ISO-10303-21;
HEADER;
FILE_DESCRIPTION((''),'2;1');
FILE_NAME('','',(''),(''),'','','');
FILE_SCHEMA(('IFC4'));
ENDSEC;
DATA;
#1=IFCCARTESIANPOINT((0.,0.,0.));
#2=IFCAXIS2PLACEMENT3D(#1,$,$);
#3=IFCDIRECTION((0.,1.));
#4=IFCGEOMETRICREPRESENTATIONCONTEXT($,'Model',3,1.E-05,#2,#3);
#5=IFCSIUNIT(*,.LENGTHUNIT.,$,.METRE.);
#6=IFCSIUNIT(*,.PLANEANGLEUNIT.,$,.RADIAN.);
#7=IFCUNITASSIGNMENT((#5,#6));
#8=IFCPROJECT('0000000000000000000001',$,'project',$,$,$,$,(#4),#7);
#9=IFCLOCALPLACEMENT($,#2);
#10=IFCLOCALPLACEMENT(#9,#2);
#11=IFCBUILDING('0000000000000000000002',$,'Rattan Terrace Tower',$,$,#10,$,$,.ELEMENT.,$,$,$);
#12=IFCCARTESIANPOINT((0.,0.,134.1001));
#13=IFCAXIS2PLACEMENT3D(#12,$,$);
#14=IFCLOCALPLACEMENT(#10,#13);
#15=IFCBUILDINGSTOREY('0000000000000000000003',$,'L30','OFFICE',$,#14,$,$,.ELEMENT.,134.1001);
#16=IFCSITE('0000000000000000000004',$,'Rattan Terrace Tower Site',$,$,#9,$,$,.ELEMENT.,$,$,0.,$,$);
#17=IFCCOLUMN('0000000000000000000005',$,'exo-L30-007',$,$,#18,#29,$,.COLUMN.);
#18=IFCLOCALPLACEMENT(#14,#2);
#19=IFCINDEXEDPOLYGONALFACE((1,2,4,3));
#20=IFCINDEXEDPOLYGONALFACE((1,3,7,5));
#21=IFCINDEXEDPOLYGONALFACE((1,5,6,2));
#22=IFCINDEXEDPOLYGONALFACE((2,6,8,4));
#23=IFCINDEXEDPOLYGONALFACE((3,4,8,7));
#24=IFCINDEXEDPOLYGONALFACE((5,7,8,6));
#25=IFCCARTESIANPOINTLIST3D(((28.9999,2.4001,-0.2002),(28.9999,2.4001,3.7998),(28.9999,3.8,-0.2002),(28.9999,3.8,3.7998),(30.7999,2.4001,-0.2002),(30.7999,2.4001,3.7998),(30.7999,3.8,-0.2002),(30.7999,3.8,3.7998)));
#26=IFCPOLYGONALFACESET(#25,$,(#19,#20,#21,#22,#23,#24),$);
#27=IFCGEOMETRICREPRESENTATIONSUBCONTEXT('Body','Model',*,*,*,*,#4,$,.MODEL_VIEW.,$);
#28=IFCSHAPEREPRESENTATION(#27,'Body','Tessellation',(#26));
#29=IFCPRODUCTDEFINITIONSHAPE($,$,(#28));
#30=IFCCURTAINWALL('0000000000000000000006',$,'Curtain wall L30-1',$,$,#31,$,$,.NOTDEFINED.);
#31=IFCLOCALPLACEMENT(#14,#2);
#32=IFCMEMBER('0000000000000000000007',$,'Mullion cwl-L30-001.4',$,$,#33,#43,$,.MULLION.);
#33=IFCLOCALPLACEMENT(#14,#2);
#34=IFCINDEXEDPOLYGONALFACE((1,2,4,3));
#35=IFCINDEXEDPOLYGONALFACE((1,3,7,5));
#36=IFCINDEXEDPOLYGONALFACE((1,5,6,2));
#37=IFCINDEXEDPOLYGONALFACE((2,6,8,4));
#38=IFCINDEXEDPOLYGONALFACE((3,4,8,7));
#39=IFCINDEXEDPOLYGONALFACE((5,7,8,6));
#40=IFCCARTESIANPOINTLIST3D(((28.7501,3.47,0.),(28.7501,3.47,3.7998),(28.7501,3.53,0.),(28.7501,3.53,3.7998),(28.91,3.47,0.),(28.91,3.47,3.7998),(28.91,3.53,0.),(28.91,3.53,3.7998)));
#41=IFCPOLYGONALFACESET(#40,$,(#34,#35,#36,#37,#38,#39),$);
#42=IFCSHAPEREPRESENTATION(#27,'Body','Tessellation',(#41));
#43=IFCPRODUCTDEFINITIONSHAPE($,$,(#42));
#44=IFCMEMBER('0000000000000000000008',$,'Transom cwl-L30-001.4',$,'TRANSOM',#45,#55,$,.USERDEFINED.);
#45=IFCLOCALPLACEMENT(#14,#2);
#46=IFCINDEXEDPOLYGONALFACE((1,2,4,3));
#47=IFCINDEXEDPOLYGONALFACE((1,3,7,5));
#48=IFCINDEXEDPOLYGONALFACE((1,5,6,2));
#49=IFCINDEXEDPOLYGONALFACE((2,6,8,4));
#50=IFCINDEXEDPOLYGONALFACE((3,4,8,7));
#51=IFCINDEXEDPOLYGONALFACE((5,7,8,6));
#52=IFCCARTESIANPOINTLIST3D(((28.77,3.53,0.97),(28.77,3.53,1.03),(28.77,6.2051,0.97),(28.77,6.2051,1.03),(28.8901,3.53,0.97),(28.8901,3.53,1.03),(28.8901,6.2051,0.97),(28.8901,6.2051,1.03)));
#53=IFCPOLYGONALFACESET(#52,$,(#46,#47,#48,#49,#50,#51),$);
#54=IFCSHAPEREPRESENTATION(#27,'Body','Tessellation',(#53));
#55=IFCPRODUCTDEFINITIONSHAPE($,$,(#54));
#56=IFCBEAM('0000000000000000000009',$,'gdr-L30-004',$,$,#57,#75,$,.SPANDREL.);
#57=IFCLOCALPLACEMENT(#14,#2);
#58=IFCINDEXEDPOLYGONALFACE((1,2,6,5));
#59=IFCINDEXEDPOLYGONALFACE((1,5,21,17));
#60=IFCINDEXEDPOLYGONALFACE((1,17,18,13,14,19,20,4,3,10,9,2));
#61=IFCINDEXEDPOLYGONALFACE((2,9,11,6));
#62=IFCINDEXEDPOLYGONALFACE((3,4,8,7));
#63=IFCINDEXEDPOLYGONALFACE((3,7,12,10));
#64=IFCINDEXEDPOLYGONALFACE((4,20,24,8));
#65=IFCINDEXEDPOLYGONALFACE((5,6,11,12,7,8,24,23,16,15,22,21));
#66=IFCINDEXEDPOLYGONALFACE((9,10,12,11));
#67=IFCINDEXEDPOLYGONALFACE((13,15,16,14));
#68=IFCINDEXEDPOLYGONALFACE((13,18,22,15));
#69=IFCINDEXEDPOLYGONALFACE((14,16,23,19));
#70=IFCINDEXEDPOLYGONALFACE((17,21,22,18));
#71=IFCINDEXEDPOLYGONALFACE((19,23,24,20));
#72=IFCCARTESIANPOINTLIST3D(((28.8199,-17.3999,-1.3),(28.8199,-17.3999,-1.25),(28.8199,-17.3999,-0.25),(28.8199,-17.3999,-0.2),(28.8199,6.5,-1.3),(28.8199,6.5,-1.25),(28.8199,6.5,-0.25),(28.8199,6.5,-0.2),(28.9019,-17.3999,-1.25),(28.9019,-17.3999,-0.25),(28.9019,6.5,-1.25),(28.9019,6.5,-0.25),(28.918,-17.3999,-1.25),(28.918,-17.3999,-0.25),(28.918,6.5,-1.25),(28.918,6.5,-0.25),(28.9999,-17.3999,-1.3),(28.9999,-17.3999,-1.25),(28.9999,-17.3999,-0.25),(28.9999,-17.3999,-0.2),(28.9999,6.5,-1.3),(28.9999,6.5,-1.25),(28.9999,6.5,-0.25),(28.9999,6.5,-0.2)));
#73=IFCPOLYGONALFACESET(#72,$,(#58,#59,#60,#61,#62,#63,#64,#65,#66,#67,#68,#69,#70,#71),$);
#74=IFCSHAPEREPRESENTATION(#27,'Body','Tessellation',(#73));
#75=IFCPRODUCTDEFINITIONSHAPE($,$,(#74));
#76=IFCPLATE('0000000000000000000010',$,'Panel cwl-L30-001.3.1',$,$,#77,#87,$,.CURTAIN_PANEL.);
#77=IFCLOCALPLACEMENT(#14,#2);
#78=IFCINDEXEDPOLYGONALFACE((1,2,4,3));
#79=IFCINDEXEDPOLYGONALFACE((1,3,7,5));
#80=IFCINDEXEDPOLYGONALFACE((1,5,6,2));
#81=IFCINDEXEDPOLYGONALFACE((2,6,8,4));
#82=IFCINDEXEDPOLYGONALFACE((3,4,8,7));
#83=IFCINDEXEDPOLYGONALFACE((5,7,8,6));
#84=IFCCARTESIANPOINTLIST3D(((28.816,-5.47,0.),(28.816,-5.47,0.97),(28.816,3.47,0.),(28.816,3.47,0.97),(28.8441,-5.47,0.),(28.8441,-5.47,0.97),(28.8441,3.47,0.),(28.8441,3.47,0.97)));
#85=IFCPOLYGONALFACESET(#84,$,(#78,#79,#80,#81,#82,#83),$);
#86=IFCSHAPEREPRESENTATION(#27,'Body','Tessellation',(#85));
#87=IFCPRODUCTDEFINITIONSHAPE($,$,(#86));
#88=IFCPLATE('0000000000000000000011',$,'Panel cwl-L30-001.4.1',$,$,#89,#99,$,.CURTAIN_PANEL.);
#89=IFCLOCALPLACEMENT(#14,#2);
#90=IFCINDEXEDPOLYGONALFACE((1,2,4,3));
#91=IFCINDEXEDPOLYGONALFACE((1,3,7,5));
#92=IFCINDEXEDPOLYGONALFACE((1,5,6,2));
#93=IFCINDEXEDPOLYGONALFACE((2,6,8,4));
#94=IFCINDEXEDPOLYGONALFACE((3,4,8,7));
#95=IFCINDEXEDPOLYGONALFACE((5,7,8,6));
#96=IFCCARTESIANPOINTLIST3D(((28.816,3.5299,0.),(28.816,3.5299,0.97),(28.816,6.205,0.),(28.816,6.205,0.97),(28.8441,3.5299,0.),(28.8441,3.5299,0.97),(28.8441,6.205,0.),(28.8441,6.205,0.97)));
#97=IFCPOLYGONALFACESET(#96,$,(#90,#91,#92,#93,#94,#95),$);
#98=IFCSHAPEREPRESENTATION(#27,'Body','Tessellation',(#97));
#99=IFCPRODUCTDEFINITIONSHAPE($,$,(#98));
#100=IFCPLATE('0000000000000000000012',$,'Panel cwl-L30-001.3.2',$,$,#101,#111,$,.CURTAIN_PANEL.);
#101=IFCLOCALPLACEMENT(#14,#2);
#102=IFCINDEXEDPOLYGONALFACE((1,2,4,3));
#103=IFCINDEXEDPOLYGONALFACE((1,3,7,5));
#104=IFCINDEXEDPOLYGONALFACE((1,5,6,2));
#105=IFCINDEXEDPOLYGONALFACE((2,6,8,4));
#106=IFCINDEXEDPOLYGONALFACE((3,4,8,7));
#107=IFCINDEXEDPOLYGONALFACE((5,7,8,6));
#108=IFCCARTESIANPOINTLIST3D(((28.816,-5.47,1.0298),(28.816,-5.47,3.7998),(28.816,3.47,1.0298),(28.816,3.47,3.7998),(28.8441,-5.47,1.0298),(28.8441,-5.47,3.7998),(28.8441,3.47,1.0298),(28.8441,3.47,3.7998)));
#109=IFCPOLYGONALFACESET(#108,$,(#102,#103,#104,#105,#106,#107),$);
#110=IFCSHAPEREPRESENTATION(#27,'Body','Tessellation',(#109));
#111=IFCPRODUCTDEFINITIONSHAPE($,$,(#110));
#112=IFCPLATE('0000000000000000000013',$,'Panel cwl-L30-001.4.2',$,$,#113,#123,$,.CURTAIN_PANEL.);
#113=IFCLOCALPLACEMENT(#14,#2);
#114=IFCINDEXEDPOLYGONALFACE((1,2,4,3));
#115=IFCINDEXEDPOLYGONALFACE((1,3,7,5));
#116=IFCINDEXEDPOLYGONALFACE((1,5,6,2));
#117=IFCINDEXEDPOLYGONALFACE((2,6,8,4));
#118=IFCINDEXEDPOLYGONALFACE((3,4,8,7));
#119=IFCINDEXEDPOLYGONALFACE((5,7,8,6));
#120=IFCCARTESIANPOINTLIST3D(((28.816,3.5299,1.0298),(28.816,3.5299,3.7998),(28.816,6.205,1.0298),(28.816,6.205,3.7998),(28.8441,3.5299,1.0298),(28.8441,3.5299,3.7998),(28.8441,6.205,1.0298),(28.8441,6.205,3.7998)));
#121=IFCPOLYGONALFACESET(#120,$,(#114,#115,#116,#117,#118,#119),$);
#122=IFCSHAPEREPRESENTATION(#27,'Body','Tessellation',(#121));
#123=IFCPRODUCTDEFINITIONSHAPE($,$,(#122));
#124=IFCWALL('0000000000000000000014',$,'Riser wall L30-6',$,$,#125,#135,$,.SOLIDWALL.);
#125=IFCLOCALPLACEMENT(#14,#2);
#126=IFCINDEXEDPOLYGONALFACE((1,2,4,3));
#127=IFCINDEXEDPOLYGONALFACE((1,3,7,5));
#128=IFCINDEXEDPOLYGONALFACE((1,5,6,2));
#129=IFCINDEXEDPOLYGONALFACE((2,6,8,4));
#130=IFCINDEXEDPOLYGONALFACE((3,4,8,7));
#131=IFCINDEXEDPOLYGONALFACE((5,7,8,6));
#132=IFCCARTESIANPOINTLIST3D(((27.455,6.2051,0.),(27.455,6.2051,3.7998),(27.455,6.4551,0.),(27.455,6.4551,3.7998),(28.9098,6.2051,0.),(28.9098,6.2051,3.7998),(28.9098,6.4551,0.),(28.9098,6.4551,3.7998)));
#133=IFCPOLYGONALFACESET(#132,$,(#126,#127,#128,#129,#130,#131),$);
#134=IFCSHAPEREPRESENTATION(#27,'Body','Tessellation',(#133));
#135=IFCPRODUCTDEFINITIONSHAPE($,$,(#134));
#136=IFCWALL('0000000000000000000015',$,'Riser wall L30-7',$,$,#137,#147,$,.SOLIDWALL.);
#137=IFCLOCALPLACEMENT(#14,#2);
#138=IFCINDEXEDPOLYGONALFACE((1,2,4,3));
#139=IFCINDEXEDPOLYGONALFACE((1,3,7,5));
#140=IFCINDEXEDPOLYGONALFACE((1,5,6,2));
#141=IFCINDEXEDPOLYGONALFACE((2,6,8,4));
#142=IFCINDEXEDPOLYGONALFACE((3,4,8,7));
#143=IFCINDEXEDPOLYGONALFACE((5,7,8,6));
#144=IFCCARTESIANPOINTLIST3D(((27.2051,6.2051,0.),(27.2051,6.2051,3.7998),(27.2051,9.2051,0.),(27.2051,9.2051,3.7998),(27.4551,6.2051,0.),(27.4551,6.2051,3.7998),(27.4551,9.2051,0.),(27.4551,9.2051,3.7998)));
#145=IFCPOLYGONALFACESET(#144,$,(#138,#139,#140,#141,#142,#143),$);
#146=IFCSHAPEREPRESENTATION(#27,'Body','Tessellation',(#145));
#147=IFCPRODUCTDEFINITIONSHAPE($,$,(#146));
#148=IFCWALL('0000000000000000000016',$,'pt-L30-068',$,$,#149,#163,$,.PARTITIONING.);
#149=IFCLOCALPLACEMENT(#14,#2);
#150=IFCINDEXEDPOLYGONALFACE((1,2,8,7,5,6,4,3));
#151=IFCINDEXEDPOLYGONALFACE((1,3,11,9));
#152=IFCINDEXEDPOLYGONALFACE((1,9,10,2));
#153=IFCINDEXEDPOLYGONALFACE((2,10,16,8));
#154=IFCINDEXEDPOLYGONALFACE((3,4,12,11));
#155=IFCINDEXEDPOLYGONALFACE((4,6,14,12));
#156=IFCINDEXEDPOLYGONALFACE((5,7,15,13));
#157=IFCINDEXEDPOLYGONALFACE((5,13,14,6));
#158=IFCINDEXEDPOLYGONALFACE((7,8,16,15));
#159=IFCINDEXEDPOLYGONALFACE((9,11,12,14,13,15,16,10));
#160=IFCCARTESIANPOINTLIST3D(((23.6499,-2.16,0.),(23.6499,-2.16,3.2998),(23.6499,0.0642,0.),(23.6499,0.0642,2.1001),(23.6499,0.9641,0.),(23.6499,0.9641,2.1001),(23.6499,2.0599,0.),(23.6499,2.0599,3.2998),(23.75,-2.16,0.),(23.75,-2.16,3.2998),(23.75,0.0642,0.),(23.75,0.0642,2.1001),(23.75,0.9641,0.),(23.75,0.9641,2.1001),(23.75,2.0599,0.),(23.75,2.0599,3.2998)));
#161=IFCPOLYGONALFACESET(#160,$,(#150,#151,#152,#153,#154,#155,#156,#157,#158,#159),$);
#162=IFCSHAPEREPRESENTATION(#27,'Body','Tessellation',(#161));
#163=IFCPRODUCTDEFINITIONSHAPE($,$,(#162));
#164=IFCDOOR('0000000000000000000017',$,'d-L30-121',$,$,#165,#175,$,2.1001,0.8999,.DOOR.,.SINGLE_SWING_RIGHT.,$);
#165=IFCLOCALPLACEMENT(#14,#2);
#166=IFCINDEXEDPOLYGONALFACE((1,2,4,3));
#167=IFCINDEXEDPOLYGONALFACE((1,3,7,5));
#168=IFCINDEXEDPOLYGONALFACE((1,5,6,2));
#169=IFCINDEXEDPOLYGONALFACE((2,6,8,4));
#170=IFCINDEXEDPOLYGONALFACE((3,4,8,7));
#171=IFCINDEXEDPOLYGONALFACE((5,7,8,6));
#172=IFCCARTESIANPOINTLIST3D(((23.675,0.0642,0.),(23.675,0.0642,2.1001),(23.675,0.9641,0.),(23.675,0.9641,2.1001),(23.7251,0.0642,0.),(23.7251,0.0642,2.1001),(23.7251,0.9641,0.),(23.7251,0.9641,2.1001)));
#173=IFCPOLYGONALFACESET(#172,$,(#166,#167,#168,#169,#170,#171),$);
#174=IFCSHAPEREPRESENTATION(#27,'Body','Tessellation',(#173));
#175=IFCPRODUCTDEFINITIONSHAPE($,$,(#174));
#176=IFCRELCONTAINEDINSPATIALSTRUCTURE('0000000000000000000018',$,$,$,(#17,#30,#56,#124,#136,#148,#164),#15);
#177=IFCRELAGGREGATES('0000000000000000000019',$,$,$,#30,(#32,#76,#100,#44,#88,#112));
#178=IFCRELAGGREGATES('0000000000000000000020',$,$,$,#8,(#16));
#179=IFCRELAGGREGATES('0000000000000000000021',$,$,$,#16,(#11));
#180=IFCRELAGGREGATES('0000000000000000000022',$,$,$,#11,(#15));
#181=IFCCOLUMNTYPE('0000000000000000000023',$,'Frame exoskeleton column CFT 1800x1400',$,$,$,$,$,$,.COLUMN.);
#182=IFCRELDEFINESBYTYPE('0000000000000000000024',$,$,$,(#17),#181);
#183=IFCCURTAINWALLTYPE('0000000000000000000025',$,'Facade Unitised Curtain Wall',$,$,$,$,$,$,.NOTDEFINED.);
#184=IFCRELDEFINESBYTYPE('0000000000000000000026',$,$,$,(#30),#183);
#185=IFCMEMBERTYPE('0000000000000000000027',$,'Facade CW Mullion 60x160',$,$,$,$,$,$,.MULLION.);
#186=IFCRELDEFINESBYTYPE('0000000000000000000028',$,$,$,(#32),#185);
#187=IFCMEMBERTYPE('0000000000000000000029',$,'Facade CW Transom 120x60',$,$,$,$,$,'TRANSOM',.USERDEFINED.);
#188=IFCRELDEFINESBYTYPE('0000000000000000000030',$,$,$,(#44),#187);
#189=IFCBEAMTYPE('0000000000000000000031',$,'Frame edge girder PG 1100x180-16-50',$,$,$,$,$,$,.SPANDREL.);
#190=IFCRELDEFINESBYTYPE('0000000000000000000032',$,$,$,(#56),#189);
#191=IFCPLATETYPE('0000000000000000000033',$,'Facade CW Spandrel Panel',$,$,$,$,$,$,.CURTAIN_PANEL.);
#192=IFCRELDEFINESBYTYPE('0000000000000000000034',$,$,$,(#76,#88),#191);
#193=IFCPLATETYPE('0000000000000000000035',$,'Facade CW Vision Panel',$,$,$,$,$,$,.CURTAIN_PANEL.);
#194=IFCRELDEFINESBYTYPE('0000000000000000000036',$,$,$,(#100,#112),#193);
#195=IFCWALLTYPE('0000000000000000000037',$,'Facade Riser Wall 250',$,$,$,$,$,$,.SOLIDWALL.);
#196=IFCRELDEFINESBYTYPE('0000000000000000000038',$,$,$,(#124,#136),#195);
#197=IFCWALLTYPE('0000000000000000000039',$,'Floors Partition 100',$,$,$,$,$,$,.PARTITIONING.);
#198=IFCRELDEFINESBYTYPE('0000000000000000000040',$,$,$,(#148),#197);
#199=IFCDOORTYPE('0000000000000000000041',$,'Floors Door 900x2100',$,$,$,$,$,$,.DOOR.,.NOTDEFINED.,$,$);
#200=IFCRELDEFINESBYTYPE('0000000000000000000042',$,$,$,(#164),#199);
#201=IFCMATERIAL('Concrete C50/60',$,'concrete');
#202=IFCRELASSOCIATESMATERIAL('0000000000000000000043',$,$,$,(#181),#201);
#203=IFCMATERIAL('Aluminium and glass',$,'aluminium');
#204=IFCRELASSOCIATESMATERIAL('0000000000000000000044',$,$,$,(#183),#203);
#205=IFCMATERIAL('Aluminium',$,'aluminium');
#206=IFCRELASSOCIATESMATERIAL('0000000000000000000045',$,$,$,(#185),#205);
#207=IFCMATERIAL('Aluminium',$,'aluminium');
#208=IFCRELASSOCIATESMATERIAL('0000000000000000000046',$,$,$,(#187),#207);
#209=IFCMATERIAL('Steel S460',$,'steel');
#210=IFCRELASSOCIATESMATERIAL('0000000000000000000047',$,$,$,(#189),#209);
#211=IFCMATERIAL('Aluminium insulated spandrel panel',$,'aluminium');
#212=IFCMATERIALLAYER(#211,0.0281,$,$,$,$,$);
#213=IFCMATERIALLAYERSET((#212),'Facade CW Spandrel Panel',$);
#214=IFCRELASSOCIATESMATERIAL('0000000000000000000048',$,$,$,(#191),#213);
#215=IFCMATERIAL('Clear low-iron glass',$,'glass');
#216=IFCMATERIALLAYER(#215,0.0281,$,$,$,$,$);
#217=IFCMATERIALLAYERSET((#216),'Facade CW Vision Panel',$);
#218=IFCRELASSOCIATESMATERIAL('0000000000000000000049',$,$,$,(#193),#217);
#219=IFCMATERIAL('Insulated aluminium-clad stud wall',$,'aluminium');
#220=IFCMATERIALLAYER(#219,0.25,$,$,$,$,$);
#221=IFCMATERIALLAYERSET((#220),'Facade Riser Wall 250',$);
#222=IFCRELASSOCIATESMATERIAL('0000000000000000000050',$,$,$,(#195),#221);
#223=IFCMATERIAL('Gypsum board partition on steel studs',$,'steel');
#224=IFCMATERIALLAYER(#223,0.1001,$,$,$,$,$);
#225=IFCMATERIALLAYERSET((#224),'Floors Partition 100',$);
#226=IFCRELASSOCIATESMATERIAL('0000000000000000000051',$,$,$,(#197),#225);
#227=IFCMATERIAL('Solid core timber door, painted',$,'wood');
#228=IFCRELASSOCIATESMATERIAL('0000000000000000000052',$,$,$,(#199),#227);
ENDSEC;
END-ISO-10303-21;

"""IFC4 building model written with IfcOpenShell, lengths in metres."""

from ifc_helpers import new_model, si_unit, direction, frame, frame_2d, origin, origin_2d, place, context, subcontext, project, spatial, rectangle, i_section, extrude, material, layer, layer_set, material_profile, profile_set, type_object, element, fill, aggregate, save


model = new_model("IFC4")

# Units and contexts
model_context = context("Model", 3, precision=1e-05, world=origin(), true_north=direction((0.0, 1.0)))
body_context = subcontext(model_context, "Body", "Model", "MODEL_VIEW")
ifc_project = project(units=[si_unit("LENGTHUNIT", "METRE"), si_unit("PLANEANGLEUNIT", "RADIAN")], contexts=[model_context])

# Site, building, storey
site_placement = place(None, origin())
site = spatial("IfcSite", under=ifc_project, at=site_placement, Name="Rattan Terrace Tower Site", CompositionType="ELEMENT", RefElevation=0.0)
building_placement = place(site_placement, origin())
building = spatial("IfcBuilding", under=site, at=building_placement, Name="Rattan Terrace Tower", CompositionType="ELEMENT")
storey_placement = place(building_placement, frame((0.0, 0.0, 134.1001)))
storey = spatial("IfcBuildingStorey", under=building, at=storey_placement, Name="L30", Description="OFFICE", CompositionType="ELEMENT", Elevation=134.1001)

# Column
ifc_material_1 = material(Name="Concrete C50/60", Category="concrete")
ifc_material_profile_1 = material_profile(ifc_material_1, rectangle(XDim=1.3999, YDim=1.8, at=origin_2d()), Name="CFT 1800x1400")
ifc_profile_set_1 = profile_set([ifc_material_profile_1], Name="Concrete C50/60")
column_type = type_object("IfcColumnType", Name="Frame exoskeleton column CFT 1800x1400", PredefinedType="COLUMN", material=ifc_profile_set_1)
column_placement = place(storey_placement, frame((29.8999, 3.1001, -0.2002), z_axis=(0.0, 0.0, 1.0), x_axis=(0.0, 1.0, 0.0)))
element("IfcColumn", 1, at=column_placement, inside=storey, type_object=column_type, Name="exo-L30-007", PredefinedType="COLUMN", context=body_context, shape_type="SweptSolid", body=[
    extrude(rectangle(XDim=1.3999, YDim=1.8, at=origin_2d()), origin(), (0.0, 0.0, 1.0), 4.0),
])

# Curtain wall, members
ifc_material_2 = material(Name="Aluminium and glass", Category="aluminium")
curtain_wall_type = type_object("IfcCurtainWallType", Name="Facade Unitised Curtain Wall", PredefinedType="NOTDEFINED", material=ifc_material_2)
curtain_wall_placement = place(storey_placement, origin())
curtain_wall = element("IfcCurtainWall", 2, at=curtain_wall_placement, inside=storey, type_object=curtain_wall_type, Name="Curtain wall L30-1", PredefinedType="NOTDEFINED")
ifc_material_3 = material(Name="Aluminium", Category="aluminium")
ifc_material_profile_2 = material_profile(ifc_material_3, rectangle(XDim=0.0601, YDim=0.1599, at=origin_2d()), Name="Aluminium 60x160")
ifc_profile_set_2 = profile_set([ifc_material_profile_2], Name="Aluminium")
member_type_1 = type_object("IfcMemberType", Name="Facade CW Mullion 60x160", PredefinedType="MULLION", material=ifc_profile_set_2)
member_1_placement = place(storey_placement, frame((28.8301, 3.5, 0.0), z_axis=(0.0, 0.0, 1.0), x_axis=(0.0, 1.0, 0.0)))
member_1 = element("IfcMember", 3, at=member_1_placement, type_object=member_type_1, Name="Mullion cwl-L30-001.4", PredefinedType="MULLION", context=body_context, shape_type="SweptSolid", body=[
    extrude(rectangle(XDim=0.0601, YDim=0.1599, at=origin_2d()), origin(), (0.0, 0.0, 1.0), 3.7998),
])
ifc_material_4 = material(Name="Aluminium", Category="aluminium")
ifc_material_profile_3 = material_profile(ifc_material_4, rectangle(XDim=0.1201, YDim=0.0601, at=origin_2d()), Name="Aluminium 120x60")
ifc_profile_set_3 = profile_set([ifc_material_profile_3], Name="Aluminium")
member_type_2 = type_object("IfcMemberType", Name="Facade CW Transom 120x60", ElementType="TRANSOM", PredefinedType="USERDEFINED", material=ifc_profile_set_3)
member_2_placement = place(storey_placement, frame((28.8301, 3.53, 1.0), z_axis=(0.0, 1.0, 0.0), x_axis=(-1.0, 0.0, 0.0)))
member_2 = element("IfcMember", 4, at=member_2_placement, type_object=member_type_2, Name="Transom cwl-L30-001.4", ObjectType="TRANSOM", PredefinedType="USERDEFINED", context=body_context, shape_type="SweptSolid", body=[
    extrude(rectangle(XDim=0.1201, YDim=0.0601, at=origin_2d()), origin(), (0.0, 0.0, 1.0), 2.675),
])

# Beam
ifc_material_5 = material(Name="Steel S460", Category="steel")
ifc_material_profile_4 = material_profile(ifc_material_5, i_section(OverallWidth=0.1799, OverallDepth=1.1001, WebThickness=0.0161, FlangeThickness=0.05, at=origin_2d()), Name="PG 1100x180-16-50")
ifc_profile_set_4 = profile_set([ifc_material_profile_4], Name="Steel S460")
beam_type = type_object("IfcBeamType", Name="Frame edge girder PG 1100x180-16-50", PredefinedType="SPANDREL", material=ifc_profile_set_4)
beam_placement = place(storey_placement, frame((28.9099, 6.5, -0.75), z_axis=(0.0, -1.0, 0.0), x_axis=(1.0, 0.0, 0.0)))
element("IfcBeam", 5, at=beam_placement, inside=storey, type_object=beam_type, Name="gdr-L30-004", PredefinedType="SPANDREL", context=body_context, shape_type="SweptSolid", body=[
    extrude(i_section(OverallWidth=0.1799, OverallDepth=1.1001, WebThickness=0.0161, FlangeThickness=0.05, at=origin_2d()), origin(), (0.0, 0.0, 1.0), 23.8999),
])

# Plates
ifc_material_6 = material(Name="Aluminium insulated spandrel panel", Category="aluminium")
ifc_layer_1 = layer(ifc_material_6, 0.0281)
ifc_layer_set_1 = layer_set([ifc_layer_1], Name="Facade CW Spandrel Panel")
plate_type_1 = type_object("IfcPlateType", Name="Facade CW Spandrel Panel", PredefinedType="CURTAIN_PANEL", material=ifc_layer_set_1)
plate_1_placement = place(storey_placement, frame((28.8301, -1.0, 0.0), z_axis=(0.0, 0.0, 1.0), x_axis=(0.0, 1.0, 0.0)))
plate_1 = element("IfcPlate", 6, at=plate_1_placement, type_object=plate_type_1, Name="Panel cwl-L30-001.3.1", PredefinedType="CURTAIN_PANEL", context=body_context, shape_type="SweptSolid", body=[
    extrude(rectangle(XDim=8.9399, YDim=0.0281, at=origin_2d()), origin(), (0.0, 0.0, 1.0), 0.97),
])
plate_2_placement = place(storey_placement, frame((28.8301, 4.8674, 0.0), z_axis=(0.0, 0.0, 1.0), x_axis=(0.0, 1.0, 0.0)))
plate_2 = element("IfcPlate", 7, at=plate_2_placement, type_object=plate_type_1, Name="Panel cwl-L30-001.4.1", PredefinedType="CURTAIN_PANEL", context=body_context, shape_type="SweptSolid", body=[
    extrude(rectangle(XDim=2.675, YDim=0.0281, at=origin_2d()), origin(), (0.0, 0.0, 1.0), 0.97),
])
ifc_material_7 = material(Name="Clear low-iron glass", Category="glass")
ifc_layer_2 = layer(ifc_material_7, 0.0281)
ifc_layer_set_2 = layer_set([ifc_layer_2], Name="Facade CW Vision Panel")
plate_type_2 = type_object("IfcPlateType", Name="Facade CW Vision Panel", PredefinedType="CURTAIN_PANEL", material=ifc_layer_set_2)
plate_3_placement = place(storey_placement, frame((28.8301, -1.0, 1.0298), z_axis=(0.0, 0.0, 1.0), x_axis=(0.0, 1.0, 0.0)))
plate_3 = element("IfcPlate", 8, at=plate_3_placement, type_object=plate_type_2, Name="Panel cwl-L30-001.3.2", PredefinedType="CURTAIN_PANEL", context=body_context, shape_type="SweptSolid", body=[
    extrude(rectangle(XDim=8.9399, YDim=0.0281, at=origin_2d()), origin(), (0.0, 0.0, 1.0), 2.77),
])
plate_4_placement = place(storey_placement, frame((28.8301, 4.8674, 1.0298), z_axis=(0.0, 0.0, 1.0), x_axis=(0.0, 1.0, 0.0)))
plate_4 = element("IfcPlate", 9, at=plate_4_placement, type_object=plate_type_2, Name="Panel cwl-L30-001.4.2", PredefinedType="CURTAIN_PANEL", context=body_context, shape_type="SweptSolid", body=[
    extrude(rectangle(XDim=2.675, YDim=0.0281, at=origin_2d()), origin(), (0.0, 0.0, 1.0), 2.77),
])
aggregate(curtain_wall, [member_1, plate_1, plate_3, member_2, plate_2, plate_4])

# Walls
ifc_material_8 = material(Name="Insulated aluminium-clad stud wall", Category="aluminium")
ifc_layer_3 = layer(ifc_material_8, 0.25)
ifc_layer_set_3 = layer_set([ifc_layer_3], Name="Facade Riser Wall 250")
wall_type_1 = type_object("IfcWallType", Name="Facade Riser Wall 250", PredefinedType="SOLIDWALL", material=ifc_layer_set_3)
wall_1_placement = place(storey_placement, frame((28.9099, 6.3301, 0.0), z_axis=(0.0, 0.0, 1.0), x_axis=(-1.0, 0.0, 0.0)))
element("IfcWall", 10, at=wall_1_placement, inside=storey, type_object=wall_type_1, Name="Riser wall L30-6", PredefinedType="SOLIDWALL", context=body_context, shape_type="SweptSolid", body=[
    extrude(rectangle(XDim=1.4548, YDim=0.25, at=frame_2d((0.7275, 0.0))), origin(), (0.0, 0.0, 1.0), 3.7998),
])
wall_2_placement = place(storey_placement, frame((27.3301, 6.2051, 0.0), z_axis=(0.0, 0.0, 1.0), x_axis=(0.0, 1.0, 0.0)))
element("IfcWall", 11, at=wall_2_placement, inside=storey, type_object=wall_type_1, Name="Riser wall L30-7", PredefinedType="SOLIDWALL", context=body_context, shape_type="SweptSolid", body=[
    extrude(rectangle(XDim=3.0, YDim=0.25, at=frame_2d((1.5, 0.0))), origin(), (0.0, 0.0, 1.0), 3.7998),
])

# Wall, opening, door
ifc_material_9 = material(Name="Gypsum board partition on steel studs", Category="steel")
ifc_layer_4 = layer(ifc_material_9, 0.1001)
ifc_layer_set_4 = layer_set([ifc_layer_4], Name="Floors Partition 100")
wall_type_2 = type_object("IfcWallType", Name="Floors Partition 100", PredefinedType="PARTITIONING", material=ifc_layer_set_4)
wall_3_placement = place(storey_placement, frame((23.7, -2.1599, 0.0), z_axis=(0.0, 0.0, 1.0), x_axis=(0.0, 1.0, 0.0)))
wall_3 = element("IfcWall", 12, at=wall_3_placement, inside=storey, type_object=wall_type_2, Name="pt-L30-068", PredefinedType="PARTITIONING", context=body_context, shape_type="SweptSolid", body=[
    extrude(rectangle(XDim=4.22, YDim=0.1001, at=frame_2d((2.1099, 0.0))), origin(), (0.0, 0.0, 1.0), 3.2998),
])
opening_1_placement = place(wall_3_placement, frame((2.2241, 0.0, 0.0)))
opening_1 = element("IfcOpeningElement", 13, at=opening_1_placement, cuts=wall_3, PredefinedType="OPENING", context=body_context, shape_type="SweptSolid", body=[
    extrude(rectangle(XDim=0.8999, YDim=2.1001, at=frame_2d((0.45, 1.05))), frame((0.0, 0.0605, 0.0), z_axis=(0.0, -1.0, 0.0), x_axis=(1.0, 0.0, 0.0)), (0.0, 0.0, 1.0), 0.1211),
])
ifc_material_10 = material(Name="Solid core timber door, painted", Category="wood")
door_type_1 = type_object("IfcDoorType", Name="Floors Door 900x2100", OperationType="NOTDEFINED", PredefinedType="DOOR", material=ifc_material_10)
door_1_placement = place(opening_1_placement, origin())
door_1 = element("IfcDoor", 14, at=door_1_placement, inside=storey, type_object=door_type_1, Name="d-L30-121", OperationType="SINGLE_SWING_RIGHT", OverallHeight=2.1001, OverallWidth=0.8999, PredefinedType="DOOR", context=body_context, shape_type="SweptSolid", body=[
    extrude(rectangle(XDim=0.8999, YDim=2.1001, at=frame_2d((0.45, 1.05))), frame((0.0, 0.0249, 0.0), z_axis=(0.0, -1.0, 0.0), x_axis=(1.0, 0.0, 0.0)), (0.0, 0.0, 1.0), 0.05),
])
fill(opening_1, door_1)

save(model, "model.ifc")
